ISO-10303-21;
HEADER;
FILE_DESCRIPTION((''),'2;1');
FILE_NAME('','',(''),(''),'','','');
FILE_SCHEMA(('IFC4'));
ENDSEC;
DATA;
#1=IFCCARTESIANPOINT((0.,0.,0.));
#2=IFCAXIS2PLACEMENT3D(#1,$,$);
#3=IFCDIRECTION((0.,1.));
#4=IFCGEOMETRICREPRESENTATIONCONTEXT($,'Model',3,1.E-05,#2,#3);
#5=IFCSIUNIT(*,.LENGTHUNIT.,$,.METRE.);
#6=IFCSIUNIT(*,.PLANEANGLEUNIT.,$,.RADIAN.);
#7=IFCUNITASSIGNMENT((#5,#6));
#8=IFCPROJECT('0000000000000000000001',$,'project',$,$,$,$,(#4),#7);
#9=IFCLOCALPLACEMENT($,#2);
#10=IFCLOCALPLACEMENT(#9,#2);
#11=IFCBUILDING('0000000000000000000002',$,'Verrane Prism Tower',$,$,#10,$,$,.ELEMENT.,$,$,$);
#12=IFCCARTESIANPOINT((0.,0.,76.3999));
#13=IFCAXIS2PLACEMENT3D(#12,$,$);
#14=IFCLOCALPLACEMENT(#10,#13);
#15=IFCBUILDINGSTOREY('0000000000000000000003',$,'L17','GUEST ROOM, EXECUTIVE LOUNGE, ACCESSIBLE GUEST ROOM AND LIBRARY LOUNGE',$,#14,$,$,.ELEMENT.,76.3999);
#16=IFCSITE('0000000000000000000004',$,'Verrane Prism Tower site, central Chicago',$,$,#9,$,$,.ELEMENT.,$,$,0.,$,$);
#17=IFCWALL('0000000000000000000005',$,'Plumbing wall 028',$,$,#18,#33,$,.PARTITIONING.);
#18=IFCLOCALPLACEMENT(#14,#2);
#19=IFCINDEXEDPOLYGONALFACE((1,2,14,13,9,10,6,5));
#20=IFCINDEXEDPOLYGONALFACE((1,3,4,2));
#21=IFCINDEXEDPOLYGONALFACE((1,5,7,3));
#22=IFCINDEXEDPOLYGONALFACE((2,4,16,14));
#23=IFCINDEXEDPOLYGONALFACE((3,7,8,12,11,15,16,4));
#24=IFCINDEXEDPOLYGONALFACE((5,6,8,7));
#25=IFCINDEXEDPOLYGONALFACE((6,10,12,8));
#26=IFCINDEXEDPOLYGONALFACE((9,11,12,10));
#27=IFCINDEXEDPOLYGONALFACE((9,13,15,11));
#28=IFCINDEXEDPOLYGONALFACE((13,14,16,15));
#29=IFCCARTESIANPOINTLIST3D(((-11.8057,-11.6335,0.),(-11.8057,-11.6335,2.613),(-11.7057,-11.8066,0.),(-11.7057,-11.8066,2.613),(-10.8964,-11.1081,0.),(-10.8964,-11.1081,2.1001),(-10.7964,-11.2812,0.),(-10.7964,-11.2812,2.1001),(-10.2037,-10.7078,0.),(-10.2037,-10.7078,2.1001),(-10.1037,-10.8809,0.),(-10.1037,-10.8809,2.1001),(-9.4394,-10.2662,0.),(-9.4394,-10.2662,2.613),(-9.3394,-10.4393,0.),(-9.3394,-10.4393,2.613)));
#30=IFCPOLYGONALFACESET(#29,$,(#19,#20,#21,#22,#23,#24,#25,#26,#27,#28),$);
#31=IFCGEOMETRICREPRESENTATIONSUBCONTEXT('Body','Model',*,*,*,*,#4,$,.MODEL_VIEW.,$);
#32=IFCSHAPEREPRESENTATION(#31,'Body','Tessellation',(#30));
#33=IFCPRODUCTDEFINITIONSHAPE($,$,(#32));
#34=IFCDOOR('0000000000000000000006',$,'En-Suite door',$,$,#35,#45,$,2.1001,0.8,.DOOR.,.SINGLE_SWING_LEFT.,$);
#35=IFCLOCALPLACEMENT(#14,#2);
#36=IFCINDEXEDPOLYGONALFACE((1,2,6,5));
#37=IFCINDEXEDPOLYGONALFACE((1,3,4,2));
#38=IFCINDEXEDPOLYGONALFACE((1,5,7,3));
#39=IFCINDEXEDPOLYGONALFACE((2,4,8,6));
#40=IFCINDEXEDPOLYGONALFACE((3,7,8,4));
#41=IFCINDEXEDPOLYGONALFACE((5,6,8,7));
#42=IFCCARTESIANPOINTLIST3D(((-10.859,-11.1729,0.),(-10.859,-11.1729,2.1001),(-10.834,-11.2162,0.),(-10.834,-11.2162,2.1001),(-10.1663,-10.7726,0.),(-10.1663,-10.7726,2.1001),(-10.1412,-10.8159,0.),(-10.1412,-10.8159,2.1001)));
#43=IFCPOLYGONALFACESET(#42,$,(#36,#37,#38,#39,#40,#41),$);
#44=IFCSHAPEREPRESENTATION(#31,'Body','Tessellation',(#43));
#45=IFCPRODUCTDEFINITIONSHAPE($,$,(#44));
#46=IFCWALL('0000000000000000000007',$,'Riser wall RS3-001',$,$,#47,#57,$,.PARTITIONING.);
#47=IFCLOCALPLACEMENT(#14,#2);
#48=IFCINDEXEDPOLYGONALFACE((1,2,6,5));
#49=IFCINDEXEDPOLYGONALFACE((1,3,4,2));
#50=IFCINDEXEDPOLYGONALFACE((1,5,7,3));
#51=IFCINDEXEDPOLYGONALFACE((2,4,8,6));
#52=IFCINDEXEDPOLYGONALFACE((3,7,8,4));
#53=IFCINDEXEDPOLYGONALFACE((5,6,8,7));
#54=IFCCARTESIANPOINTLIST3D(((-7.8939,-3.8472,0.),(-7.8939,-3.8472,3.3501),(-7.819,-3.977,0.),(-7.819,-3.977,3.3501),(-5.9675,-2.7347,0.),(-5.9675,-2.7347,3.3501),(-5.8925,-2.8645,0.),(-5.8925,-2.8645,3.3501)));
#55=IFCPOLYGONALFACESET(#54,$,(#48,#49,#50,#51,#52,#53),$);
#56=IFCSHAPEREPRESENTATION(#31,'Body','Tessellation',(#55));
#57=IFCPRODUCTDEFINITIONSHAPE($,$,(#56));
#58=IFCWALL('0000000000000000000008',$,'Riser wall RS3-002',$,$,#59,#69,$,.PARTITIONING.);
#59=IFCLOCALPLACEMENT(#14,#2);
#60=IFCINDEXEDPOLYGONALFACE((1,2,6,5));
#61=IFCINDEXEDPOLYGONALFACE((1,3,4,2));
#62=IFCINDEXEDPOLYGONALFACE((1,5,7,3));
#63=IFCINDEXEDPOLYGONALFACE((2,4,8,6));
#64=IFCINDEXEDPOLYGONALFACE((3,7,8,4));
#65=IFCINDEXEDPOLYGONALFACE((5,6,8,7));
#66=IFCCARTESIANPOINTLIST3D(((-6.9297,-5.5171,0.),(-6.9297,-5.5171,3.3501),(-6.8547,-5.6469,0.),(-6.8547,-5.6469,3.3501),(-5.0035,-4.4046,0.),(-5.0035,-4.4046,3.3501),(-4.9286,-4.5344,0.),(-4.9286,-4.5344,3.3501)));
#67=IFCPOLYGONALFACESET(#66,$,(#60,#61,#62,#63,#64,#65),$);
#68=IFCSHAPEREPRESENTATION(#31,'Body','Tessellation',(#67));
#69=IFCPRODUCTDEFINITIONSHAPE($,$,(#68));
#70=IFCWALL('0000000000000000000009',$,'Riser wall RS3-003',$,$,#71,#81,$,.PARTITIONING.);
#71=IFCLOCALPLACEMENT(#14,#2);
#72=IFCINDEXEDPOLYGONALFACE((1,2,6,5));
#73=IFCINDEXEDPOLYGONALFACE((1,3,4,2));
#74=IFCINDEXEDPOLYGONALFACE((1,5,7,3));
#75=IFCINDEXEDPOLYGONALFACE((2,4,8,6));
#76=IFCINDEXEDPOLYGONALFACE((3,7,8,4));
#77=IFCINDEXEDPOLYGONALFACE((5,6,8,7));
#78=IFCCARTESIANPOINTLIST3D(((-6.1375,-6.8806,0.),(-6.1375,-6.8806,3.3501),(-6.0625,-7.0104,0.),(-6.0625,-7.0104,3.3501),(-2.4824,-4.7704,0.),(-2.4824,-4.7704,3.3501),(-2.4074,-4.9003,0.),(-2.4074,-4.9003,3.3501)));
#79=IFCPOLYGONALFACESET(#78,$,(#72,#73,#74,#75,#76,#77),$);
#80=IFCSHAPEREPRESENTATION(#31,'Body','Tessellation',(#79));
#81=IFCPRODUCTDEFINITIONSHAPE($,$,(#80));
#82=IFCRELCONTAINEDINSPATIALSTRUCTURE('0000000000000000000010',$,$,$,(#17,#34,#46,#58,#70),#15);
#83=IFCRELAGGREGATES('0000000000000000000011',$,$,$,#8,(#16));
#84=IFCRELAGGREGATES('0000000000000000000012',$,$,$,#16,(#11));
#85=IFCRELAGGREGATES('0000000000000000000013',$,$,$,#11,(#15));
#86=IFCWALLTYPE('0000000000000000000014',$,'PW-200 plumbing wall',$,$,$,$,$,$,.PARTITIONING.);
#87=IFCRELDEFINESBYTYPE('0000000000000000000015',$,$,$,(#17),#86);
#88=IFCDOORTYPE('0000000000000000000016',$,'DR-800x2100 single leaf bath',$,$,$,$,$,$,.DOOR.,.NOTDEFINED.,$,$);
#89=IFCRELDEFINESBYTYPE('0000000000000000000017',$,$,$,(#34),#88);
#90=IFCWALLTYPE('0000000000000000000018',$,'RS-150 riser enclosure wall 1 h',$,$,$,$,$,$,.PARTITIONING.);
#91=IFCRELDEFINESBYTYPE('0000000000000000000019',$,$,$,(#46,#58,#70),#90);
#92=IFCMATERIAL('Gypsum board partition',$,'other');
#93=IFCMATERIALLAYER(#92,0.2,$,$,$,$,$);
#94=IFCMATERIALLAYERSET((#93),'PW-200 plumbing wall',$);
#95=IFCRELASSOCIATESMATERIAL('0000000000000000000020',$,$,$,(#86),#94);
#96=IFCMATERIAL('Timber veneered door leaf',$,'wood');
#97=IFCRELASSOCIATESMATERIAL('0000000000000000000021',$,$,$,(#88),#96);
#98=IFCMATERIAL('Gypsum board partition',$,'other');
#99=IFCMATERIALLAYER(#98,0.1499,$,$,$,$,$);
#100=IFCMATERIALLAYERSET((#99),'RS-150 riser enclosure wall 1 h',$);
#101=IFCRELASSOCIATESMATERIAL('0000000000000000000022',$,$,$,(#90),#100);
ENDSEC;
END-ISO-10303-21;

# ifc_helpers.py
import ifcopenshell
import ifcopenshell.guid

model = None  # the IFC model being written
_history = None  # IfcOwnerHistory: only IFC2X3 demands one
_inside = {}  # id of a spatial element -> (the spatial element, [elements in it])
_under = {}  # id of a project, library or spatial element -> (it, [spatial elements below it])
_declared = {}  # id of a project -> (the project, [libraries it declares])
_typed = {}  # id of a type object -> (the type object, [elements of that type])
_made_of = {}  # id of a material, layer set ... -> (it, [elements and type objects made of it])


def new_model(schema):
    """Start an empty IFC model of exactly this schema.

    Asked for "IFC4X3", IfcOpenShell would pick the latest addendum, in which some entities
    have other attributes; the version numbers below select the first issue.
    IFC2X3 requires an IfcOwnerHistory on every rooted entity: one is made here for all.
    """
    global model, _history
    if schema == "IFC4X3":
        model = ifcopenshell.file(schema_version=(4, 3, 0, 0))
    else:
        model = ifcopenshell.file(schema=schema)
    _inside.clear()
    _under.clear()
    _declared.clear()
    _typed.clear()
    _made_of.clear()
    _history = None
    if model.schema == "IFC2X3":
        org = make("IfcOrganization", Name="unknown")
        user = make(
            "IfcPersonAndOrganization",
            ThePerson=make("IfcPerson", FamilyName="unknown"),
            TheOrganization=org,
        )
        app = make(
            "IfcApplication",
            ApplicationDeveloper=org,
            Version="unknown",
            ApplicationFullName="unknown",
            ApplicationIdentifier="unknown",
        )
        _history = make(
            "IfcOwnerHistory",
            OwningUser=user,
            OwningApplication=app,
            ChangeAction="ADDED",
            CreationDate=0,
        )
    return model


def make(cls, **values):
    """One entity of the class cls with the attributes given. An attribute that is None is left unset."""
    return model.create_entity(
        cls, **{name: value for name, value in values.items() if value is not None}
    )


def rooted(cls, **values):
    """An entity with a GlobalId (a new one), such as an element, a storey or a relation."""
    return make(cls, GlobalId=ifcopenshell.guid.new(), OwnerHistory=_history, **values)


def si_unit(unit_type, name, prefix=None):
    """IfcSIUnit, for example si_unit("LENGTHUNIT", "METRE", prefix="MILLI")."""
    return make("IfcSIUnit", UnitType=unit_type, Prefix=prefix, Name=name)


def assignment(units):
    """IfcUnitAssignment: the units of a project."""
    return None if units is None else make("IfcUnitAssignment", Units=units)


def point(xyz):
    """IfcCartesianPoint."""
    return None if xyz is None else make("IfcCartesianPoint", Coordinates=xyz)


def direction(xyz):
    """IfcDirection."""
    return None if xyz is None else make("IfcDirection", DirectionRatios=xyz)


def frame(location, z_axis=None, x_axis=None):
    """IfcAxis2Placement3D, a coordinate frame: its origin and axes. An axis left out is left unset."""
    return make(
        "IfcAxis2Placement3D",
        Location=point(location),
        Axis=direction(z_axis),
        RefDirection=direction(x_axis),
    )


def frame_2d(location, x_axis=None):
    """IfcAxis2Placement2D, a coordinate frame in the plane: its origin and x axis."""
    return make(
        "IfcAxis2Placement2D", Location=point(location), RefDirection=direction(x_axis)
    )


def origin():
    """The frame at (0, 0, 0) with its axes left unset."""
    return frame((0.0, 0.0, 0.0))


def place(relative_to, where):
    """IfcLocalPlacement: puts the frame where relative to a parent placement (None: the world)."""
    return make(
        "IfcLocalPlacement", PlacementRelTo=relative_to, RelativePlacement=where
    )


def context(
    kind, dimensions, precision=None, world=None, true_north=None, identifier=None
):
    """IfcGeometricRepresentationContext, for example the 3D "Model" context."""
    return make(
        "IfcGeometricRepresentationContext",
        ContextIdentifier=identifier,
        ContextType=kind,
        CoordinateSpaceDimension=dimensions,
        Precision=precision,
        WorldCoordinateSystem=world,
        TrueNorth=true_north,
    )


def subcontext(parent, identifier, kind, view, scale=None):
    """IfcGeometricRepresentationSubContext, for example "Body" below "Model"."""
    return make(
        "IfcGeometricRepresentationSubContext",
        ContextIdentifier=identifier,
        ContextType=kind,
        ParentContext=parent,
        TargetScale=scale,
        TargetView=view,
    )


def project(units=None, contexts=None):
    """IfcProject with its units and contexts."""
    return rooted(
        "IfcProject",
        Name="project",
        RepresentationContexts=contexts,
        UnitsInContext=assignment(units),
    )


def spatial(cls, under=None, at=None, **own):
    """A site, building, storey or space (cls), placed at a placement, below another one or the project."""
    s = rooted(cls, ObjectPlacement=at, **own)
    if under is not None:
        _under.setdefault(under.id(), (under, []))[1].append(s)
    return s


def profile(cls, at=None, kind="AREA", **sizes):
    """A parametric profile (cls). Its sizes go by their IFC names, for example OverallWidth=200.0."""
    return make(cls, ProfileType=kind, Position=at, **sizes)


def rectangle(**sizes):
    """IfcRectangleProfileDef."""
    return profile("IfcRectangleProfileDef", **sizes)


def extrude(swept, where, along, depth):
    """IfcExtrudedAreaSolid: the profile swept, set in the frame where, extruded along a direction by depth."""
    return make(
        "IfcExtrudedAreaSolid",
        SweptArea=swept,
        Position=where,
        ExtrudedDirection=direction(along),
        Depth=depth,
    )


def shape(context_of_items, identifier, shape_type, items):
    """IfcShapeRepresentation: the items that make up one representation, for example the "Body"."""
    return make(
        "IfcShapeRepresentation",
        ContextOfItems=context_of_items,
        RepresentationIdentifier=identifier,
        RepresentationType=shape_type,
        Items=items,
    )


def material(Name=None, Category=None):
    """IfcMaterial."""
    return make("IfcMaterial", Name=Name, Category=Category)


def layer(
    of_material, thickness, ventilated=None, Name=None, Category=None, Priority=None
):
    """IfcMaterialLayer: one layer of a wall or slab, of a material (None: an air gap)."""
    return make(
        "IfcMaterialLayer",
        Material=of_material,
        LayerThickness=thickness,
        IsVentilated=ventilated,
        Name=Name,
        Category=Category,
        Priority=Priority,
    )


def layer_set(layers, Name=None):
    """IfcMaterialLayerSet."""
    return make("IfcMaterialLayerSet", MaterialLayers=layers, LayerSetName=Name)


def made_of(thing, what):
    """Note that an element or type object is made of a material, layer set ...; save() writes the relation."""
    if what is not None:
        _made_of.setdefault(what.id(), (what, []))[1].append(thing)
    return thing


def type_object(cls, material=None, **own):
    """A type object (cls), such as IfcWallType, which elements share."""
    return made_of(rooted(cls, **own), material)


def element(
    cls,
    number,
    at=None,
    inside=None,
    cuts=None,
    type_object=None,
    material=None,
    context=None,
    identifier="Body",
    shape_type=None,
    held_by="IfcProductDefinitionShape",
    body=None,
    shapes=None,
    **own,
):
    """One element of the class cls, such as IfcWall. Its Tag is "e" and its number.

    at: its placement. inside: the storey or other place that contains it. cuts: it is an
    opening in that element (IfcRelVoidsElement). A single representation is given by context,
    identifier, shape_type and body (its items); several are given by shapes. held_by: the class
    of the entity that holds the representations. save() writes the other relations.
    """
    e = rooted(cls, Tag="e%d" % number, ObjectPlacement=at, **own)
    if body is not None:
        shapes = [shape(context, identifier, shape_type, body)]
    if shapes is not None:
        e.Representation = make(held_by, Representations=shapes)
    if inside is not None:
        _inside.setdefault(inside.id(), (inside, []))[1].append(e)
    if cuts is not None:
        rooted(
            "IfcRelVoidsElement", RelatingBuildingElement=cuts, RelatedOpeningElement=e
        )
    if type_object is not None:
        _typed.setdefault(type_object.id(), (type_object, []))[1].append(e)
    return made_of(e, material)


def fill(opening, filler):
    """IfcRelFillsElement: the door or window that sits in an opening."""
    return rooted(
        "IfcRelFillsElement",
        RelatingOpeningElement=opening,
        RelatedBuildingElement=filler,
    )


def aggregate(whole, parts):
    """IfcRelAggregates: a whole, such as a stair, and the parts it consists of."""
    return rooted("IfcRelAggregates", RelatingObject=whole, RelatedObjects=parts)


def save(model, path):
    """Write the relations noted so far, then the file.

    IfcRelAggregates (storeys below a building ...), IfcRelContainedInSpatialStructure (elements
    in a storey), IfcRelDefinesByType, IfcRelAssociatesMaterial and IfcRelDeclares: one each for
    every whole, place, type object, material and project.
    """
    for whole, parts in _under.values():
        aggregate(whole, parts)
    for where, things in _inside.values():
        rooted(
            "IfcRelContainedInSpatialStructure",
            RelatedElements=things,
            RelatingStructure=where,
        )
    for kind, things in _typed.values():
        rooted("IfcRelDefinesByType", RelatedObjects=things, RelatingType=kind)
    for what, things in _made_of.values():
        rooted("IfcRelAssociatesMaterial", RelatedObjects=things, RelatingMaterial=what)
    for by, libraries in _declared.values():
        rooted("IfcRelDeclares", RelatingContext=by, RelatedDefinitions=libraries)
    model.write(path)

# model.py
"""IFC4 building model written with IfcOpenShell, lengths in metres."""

from ifc_helpers import new_model, si_unit, direction, frame, frame_2d, origin, place, context, subcontext, project, spatial, rectangle, extrude, material, layer, layer_set, type_object, element, fill, save


model = new_model("IFC4")

# Units and contexts
model_context = context("Model", 3, precision=1e-05, world=origin(), true_north=direction((0.0, 1.0)))
body_context = subcontext(model_context, "Body", "Model", "MODEL_VIEW")
ifc_project = project(units=[si_unit("LENGTHUNIT", "METRE"), si_unit("PLANEANGLEUNIT", "RADIAN")], contexts=[model_context])

# Site, building, storey
site_placement = place(None, origin())
site = spatial("IfcSite", under=ifc_project, at=site_placement, Name="Verrane Prism Tower site, central Chicago", CompositionType="ELEMENT", RefElevation=0.0)
building_placement = place(site_placement, origin())
building = spatial("IfcBuilding", under=site, at=building_placement, Name="Verrane Prism Tower", CompositionType="ELEMENT")
storey_placement = place(building_placement, frame((0.0, 0.0, 76.3999)))
storey = spatial("IfcBuildingStorey", under=building, at=storey_placement, Name="L17", Description="GUEST ROOM, EXECUTIVE LOUNGE, ACCESSIBLE GUEST ROOM AND LIBRARY LOUNGE", CompositionType="ELEMENT", Elevation=76.3999)

# Shared definitions
ifc_material_1 = material(Name="Gypsum board partition", Category="other")
ifc_layer_1 = layer(ifc_material_1, 0.2)
ifc_layer_set_1 = layer_set([ifc_layer_1], Name="PW-200 plumbing wall")
wall_type_1 = type_object("IfcWallType", Name="PW-200 plumbing wall", PredefinedType="PARTITIONING", material=ifc_layer_set_1)

# Shared definitions
ifc_material_2 = material(Name="Timber veneered door leaf", Category="wood")
door_type = type_object("IfcDoorType", Name="DR-800x2100 single leaf bath", OperationType="NOTDEFINED", PredefinedType="DOOR", material=ifc_material_2)

# Wall, opening, door
wall_1_placement = place(storey_placement, frame((-9.3894, -10.3528, 0.0), z_axis=(0.0, 0.0, 1.0), x_axis=(-0.865858, -0.50029, 0.0)))
wall_1 = element("IfcWall", 1, at=wall_1_placement, inside=storey, type_object=wall_type_1, Name="Plumbing wall 028", PredefinedType="PARTITIONING", context=body_context, shape_type="SweptSolid", body=[
    extrude(rectangle(XDim=2.7329, YDim=0.2, at=frame_2d((1.3665, 0.0))), origin(), (0.0, 0.0, 1.0), 2.613),
])
opening_1_placement = place(wall_1_placement, frame((0.8828, 0.0, 0.0)))
opening_1 = element("IfcOpeningElement", 2, at=opening_1_placement, cuts=wall_1, PredefinedType="OPENING", context=body_context, shape_type="SweptSolid", body=[
    extrude(rectangle(XDim=0.8, YDim=2.1001, at=frame_2d((0.3999, 1.05))), frame((0.0, 0.1099, 0.0), z_axis=(0.0, -1.0, 0.0), x_axis=(1.0, 0.0, 0.0)), (0.0, 0.0, 1.0), 0.22),
])
door_1_placement = place(opening_1_placement, origin())
door_1 = element("IfcDoor", 3, at=door_1_placement, inside=storey, type_object=door_type, Name="En-Suite door", OperationType="SINGLE_SWING_LEFT", OverallHeight=2.1001, OverallWidth=0.8, PredefinedType="DOOR", context=body_context, shape_type="SweptSolid", body=[
    extrude(rectangle(XDim=0.8, YDim=2.1001, at=frame_2d((0.3999, 1.05))), frame((0.0, 0.0249, 0.0), z_axis=(0.0, -1.0, 0.0), x_axis=(1.0, 0.0, 0.0)), (0.0, 0.0, 1.0), 0.05),
])
fill(opening_1, door_1)

# Walls
ifc_material_3 = material(Name="Gypsum board partition", Category="other")
ifc_layer_2 = layer(ifc_material_3, 0.1499)
ifc_layer_set_2 = layer_set([ifc_layer_2], Name="RS-150 riser enclosure wall 1 h")
wall_type_2 = type_object("IfcWallType", Name="RS-150 riser enclosure wall 1 h", PredefinedType="PARTITIONING", material=ifc_layer_set_2)
wall_2_placement = place(storey_placement, frame((-7.8564, -3.9121, 0.0), z_axis=(0.0, 0.0, 1.0), x_axis=(0.865972, 0.500093, 0.0)))
element("IfcWall", 4, at=wall_2_placement, inside=storey, type_object=wall_type_2, Name="Riser wall RS3-001", PredefinedType="PARTITIONING", context=body_context, shape_type="SweptSolid", body=[
    extrude(rectangle(XDim=2.2246, YDim=0.1499, at=frame_2d((1.1123, 0.0))), origin(), (0.0, 0.0, 1.0), 3.3501),
])
wall_3_placement = place(storey_placement, frame((-6.8923, -5.582, 0.0), z_axis=(0.0, 0.0, 1.0), x_axis=(0.865944, 0.50014, 0.0)))
element("IfcWall", 5, at=wall_3_placement, inside=storey, type_object=wall_type_2, Name="Riser wall RS3-002", PredefinedType="PARTITIONING", context=body_context, shape_type="SweptSolid", body=[
    extrude(rectangle(XDim=2.2244, YDim=0.1499, at=frame_2d((1.1123, 0.0))), origin(), (0.0, 0.0, 1.0), 3.3501),
])
wall_4_placement = place(storey_placement, frame((-6.1001, -6.9456, 0.0), z_axis=(0.0, 0.0, 1.0), x_axis=(0.866038, 0.499978, 0.0)))
element("IfcWall", 6, at=wall_4_placement, inside=storey, type_object=wall_type_2, Name="Riser wall RS3-003", PredefinedType="PARTITIONING", context=body_context, shape_type="SweptSolid", body=[
    extrude(rectangle(XDim=4.2205, YDim=0.1499, at=frame_2d((2.1104, 0.0))), origin(), (0.0, 0.0, 1.0), 3.3501),
])

save(model, "model.ifc")
